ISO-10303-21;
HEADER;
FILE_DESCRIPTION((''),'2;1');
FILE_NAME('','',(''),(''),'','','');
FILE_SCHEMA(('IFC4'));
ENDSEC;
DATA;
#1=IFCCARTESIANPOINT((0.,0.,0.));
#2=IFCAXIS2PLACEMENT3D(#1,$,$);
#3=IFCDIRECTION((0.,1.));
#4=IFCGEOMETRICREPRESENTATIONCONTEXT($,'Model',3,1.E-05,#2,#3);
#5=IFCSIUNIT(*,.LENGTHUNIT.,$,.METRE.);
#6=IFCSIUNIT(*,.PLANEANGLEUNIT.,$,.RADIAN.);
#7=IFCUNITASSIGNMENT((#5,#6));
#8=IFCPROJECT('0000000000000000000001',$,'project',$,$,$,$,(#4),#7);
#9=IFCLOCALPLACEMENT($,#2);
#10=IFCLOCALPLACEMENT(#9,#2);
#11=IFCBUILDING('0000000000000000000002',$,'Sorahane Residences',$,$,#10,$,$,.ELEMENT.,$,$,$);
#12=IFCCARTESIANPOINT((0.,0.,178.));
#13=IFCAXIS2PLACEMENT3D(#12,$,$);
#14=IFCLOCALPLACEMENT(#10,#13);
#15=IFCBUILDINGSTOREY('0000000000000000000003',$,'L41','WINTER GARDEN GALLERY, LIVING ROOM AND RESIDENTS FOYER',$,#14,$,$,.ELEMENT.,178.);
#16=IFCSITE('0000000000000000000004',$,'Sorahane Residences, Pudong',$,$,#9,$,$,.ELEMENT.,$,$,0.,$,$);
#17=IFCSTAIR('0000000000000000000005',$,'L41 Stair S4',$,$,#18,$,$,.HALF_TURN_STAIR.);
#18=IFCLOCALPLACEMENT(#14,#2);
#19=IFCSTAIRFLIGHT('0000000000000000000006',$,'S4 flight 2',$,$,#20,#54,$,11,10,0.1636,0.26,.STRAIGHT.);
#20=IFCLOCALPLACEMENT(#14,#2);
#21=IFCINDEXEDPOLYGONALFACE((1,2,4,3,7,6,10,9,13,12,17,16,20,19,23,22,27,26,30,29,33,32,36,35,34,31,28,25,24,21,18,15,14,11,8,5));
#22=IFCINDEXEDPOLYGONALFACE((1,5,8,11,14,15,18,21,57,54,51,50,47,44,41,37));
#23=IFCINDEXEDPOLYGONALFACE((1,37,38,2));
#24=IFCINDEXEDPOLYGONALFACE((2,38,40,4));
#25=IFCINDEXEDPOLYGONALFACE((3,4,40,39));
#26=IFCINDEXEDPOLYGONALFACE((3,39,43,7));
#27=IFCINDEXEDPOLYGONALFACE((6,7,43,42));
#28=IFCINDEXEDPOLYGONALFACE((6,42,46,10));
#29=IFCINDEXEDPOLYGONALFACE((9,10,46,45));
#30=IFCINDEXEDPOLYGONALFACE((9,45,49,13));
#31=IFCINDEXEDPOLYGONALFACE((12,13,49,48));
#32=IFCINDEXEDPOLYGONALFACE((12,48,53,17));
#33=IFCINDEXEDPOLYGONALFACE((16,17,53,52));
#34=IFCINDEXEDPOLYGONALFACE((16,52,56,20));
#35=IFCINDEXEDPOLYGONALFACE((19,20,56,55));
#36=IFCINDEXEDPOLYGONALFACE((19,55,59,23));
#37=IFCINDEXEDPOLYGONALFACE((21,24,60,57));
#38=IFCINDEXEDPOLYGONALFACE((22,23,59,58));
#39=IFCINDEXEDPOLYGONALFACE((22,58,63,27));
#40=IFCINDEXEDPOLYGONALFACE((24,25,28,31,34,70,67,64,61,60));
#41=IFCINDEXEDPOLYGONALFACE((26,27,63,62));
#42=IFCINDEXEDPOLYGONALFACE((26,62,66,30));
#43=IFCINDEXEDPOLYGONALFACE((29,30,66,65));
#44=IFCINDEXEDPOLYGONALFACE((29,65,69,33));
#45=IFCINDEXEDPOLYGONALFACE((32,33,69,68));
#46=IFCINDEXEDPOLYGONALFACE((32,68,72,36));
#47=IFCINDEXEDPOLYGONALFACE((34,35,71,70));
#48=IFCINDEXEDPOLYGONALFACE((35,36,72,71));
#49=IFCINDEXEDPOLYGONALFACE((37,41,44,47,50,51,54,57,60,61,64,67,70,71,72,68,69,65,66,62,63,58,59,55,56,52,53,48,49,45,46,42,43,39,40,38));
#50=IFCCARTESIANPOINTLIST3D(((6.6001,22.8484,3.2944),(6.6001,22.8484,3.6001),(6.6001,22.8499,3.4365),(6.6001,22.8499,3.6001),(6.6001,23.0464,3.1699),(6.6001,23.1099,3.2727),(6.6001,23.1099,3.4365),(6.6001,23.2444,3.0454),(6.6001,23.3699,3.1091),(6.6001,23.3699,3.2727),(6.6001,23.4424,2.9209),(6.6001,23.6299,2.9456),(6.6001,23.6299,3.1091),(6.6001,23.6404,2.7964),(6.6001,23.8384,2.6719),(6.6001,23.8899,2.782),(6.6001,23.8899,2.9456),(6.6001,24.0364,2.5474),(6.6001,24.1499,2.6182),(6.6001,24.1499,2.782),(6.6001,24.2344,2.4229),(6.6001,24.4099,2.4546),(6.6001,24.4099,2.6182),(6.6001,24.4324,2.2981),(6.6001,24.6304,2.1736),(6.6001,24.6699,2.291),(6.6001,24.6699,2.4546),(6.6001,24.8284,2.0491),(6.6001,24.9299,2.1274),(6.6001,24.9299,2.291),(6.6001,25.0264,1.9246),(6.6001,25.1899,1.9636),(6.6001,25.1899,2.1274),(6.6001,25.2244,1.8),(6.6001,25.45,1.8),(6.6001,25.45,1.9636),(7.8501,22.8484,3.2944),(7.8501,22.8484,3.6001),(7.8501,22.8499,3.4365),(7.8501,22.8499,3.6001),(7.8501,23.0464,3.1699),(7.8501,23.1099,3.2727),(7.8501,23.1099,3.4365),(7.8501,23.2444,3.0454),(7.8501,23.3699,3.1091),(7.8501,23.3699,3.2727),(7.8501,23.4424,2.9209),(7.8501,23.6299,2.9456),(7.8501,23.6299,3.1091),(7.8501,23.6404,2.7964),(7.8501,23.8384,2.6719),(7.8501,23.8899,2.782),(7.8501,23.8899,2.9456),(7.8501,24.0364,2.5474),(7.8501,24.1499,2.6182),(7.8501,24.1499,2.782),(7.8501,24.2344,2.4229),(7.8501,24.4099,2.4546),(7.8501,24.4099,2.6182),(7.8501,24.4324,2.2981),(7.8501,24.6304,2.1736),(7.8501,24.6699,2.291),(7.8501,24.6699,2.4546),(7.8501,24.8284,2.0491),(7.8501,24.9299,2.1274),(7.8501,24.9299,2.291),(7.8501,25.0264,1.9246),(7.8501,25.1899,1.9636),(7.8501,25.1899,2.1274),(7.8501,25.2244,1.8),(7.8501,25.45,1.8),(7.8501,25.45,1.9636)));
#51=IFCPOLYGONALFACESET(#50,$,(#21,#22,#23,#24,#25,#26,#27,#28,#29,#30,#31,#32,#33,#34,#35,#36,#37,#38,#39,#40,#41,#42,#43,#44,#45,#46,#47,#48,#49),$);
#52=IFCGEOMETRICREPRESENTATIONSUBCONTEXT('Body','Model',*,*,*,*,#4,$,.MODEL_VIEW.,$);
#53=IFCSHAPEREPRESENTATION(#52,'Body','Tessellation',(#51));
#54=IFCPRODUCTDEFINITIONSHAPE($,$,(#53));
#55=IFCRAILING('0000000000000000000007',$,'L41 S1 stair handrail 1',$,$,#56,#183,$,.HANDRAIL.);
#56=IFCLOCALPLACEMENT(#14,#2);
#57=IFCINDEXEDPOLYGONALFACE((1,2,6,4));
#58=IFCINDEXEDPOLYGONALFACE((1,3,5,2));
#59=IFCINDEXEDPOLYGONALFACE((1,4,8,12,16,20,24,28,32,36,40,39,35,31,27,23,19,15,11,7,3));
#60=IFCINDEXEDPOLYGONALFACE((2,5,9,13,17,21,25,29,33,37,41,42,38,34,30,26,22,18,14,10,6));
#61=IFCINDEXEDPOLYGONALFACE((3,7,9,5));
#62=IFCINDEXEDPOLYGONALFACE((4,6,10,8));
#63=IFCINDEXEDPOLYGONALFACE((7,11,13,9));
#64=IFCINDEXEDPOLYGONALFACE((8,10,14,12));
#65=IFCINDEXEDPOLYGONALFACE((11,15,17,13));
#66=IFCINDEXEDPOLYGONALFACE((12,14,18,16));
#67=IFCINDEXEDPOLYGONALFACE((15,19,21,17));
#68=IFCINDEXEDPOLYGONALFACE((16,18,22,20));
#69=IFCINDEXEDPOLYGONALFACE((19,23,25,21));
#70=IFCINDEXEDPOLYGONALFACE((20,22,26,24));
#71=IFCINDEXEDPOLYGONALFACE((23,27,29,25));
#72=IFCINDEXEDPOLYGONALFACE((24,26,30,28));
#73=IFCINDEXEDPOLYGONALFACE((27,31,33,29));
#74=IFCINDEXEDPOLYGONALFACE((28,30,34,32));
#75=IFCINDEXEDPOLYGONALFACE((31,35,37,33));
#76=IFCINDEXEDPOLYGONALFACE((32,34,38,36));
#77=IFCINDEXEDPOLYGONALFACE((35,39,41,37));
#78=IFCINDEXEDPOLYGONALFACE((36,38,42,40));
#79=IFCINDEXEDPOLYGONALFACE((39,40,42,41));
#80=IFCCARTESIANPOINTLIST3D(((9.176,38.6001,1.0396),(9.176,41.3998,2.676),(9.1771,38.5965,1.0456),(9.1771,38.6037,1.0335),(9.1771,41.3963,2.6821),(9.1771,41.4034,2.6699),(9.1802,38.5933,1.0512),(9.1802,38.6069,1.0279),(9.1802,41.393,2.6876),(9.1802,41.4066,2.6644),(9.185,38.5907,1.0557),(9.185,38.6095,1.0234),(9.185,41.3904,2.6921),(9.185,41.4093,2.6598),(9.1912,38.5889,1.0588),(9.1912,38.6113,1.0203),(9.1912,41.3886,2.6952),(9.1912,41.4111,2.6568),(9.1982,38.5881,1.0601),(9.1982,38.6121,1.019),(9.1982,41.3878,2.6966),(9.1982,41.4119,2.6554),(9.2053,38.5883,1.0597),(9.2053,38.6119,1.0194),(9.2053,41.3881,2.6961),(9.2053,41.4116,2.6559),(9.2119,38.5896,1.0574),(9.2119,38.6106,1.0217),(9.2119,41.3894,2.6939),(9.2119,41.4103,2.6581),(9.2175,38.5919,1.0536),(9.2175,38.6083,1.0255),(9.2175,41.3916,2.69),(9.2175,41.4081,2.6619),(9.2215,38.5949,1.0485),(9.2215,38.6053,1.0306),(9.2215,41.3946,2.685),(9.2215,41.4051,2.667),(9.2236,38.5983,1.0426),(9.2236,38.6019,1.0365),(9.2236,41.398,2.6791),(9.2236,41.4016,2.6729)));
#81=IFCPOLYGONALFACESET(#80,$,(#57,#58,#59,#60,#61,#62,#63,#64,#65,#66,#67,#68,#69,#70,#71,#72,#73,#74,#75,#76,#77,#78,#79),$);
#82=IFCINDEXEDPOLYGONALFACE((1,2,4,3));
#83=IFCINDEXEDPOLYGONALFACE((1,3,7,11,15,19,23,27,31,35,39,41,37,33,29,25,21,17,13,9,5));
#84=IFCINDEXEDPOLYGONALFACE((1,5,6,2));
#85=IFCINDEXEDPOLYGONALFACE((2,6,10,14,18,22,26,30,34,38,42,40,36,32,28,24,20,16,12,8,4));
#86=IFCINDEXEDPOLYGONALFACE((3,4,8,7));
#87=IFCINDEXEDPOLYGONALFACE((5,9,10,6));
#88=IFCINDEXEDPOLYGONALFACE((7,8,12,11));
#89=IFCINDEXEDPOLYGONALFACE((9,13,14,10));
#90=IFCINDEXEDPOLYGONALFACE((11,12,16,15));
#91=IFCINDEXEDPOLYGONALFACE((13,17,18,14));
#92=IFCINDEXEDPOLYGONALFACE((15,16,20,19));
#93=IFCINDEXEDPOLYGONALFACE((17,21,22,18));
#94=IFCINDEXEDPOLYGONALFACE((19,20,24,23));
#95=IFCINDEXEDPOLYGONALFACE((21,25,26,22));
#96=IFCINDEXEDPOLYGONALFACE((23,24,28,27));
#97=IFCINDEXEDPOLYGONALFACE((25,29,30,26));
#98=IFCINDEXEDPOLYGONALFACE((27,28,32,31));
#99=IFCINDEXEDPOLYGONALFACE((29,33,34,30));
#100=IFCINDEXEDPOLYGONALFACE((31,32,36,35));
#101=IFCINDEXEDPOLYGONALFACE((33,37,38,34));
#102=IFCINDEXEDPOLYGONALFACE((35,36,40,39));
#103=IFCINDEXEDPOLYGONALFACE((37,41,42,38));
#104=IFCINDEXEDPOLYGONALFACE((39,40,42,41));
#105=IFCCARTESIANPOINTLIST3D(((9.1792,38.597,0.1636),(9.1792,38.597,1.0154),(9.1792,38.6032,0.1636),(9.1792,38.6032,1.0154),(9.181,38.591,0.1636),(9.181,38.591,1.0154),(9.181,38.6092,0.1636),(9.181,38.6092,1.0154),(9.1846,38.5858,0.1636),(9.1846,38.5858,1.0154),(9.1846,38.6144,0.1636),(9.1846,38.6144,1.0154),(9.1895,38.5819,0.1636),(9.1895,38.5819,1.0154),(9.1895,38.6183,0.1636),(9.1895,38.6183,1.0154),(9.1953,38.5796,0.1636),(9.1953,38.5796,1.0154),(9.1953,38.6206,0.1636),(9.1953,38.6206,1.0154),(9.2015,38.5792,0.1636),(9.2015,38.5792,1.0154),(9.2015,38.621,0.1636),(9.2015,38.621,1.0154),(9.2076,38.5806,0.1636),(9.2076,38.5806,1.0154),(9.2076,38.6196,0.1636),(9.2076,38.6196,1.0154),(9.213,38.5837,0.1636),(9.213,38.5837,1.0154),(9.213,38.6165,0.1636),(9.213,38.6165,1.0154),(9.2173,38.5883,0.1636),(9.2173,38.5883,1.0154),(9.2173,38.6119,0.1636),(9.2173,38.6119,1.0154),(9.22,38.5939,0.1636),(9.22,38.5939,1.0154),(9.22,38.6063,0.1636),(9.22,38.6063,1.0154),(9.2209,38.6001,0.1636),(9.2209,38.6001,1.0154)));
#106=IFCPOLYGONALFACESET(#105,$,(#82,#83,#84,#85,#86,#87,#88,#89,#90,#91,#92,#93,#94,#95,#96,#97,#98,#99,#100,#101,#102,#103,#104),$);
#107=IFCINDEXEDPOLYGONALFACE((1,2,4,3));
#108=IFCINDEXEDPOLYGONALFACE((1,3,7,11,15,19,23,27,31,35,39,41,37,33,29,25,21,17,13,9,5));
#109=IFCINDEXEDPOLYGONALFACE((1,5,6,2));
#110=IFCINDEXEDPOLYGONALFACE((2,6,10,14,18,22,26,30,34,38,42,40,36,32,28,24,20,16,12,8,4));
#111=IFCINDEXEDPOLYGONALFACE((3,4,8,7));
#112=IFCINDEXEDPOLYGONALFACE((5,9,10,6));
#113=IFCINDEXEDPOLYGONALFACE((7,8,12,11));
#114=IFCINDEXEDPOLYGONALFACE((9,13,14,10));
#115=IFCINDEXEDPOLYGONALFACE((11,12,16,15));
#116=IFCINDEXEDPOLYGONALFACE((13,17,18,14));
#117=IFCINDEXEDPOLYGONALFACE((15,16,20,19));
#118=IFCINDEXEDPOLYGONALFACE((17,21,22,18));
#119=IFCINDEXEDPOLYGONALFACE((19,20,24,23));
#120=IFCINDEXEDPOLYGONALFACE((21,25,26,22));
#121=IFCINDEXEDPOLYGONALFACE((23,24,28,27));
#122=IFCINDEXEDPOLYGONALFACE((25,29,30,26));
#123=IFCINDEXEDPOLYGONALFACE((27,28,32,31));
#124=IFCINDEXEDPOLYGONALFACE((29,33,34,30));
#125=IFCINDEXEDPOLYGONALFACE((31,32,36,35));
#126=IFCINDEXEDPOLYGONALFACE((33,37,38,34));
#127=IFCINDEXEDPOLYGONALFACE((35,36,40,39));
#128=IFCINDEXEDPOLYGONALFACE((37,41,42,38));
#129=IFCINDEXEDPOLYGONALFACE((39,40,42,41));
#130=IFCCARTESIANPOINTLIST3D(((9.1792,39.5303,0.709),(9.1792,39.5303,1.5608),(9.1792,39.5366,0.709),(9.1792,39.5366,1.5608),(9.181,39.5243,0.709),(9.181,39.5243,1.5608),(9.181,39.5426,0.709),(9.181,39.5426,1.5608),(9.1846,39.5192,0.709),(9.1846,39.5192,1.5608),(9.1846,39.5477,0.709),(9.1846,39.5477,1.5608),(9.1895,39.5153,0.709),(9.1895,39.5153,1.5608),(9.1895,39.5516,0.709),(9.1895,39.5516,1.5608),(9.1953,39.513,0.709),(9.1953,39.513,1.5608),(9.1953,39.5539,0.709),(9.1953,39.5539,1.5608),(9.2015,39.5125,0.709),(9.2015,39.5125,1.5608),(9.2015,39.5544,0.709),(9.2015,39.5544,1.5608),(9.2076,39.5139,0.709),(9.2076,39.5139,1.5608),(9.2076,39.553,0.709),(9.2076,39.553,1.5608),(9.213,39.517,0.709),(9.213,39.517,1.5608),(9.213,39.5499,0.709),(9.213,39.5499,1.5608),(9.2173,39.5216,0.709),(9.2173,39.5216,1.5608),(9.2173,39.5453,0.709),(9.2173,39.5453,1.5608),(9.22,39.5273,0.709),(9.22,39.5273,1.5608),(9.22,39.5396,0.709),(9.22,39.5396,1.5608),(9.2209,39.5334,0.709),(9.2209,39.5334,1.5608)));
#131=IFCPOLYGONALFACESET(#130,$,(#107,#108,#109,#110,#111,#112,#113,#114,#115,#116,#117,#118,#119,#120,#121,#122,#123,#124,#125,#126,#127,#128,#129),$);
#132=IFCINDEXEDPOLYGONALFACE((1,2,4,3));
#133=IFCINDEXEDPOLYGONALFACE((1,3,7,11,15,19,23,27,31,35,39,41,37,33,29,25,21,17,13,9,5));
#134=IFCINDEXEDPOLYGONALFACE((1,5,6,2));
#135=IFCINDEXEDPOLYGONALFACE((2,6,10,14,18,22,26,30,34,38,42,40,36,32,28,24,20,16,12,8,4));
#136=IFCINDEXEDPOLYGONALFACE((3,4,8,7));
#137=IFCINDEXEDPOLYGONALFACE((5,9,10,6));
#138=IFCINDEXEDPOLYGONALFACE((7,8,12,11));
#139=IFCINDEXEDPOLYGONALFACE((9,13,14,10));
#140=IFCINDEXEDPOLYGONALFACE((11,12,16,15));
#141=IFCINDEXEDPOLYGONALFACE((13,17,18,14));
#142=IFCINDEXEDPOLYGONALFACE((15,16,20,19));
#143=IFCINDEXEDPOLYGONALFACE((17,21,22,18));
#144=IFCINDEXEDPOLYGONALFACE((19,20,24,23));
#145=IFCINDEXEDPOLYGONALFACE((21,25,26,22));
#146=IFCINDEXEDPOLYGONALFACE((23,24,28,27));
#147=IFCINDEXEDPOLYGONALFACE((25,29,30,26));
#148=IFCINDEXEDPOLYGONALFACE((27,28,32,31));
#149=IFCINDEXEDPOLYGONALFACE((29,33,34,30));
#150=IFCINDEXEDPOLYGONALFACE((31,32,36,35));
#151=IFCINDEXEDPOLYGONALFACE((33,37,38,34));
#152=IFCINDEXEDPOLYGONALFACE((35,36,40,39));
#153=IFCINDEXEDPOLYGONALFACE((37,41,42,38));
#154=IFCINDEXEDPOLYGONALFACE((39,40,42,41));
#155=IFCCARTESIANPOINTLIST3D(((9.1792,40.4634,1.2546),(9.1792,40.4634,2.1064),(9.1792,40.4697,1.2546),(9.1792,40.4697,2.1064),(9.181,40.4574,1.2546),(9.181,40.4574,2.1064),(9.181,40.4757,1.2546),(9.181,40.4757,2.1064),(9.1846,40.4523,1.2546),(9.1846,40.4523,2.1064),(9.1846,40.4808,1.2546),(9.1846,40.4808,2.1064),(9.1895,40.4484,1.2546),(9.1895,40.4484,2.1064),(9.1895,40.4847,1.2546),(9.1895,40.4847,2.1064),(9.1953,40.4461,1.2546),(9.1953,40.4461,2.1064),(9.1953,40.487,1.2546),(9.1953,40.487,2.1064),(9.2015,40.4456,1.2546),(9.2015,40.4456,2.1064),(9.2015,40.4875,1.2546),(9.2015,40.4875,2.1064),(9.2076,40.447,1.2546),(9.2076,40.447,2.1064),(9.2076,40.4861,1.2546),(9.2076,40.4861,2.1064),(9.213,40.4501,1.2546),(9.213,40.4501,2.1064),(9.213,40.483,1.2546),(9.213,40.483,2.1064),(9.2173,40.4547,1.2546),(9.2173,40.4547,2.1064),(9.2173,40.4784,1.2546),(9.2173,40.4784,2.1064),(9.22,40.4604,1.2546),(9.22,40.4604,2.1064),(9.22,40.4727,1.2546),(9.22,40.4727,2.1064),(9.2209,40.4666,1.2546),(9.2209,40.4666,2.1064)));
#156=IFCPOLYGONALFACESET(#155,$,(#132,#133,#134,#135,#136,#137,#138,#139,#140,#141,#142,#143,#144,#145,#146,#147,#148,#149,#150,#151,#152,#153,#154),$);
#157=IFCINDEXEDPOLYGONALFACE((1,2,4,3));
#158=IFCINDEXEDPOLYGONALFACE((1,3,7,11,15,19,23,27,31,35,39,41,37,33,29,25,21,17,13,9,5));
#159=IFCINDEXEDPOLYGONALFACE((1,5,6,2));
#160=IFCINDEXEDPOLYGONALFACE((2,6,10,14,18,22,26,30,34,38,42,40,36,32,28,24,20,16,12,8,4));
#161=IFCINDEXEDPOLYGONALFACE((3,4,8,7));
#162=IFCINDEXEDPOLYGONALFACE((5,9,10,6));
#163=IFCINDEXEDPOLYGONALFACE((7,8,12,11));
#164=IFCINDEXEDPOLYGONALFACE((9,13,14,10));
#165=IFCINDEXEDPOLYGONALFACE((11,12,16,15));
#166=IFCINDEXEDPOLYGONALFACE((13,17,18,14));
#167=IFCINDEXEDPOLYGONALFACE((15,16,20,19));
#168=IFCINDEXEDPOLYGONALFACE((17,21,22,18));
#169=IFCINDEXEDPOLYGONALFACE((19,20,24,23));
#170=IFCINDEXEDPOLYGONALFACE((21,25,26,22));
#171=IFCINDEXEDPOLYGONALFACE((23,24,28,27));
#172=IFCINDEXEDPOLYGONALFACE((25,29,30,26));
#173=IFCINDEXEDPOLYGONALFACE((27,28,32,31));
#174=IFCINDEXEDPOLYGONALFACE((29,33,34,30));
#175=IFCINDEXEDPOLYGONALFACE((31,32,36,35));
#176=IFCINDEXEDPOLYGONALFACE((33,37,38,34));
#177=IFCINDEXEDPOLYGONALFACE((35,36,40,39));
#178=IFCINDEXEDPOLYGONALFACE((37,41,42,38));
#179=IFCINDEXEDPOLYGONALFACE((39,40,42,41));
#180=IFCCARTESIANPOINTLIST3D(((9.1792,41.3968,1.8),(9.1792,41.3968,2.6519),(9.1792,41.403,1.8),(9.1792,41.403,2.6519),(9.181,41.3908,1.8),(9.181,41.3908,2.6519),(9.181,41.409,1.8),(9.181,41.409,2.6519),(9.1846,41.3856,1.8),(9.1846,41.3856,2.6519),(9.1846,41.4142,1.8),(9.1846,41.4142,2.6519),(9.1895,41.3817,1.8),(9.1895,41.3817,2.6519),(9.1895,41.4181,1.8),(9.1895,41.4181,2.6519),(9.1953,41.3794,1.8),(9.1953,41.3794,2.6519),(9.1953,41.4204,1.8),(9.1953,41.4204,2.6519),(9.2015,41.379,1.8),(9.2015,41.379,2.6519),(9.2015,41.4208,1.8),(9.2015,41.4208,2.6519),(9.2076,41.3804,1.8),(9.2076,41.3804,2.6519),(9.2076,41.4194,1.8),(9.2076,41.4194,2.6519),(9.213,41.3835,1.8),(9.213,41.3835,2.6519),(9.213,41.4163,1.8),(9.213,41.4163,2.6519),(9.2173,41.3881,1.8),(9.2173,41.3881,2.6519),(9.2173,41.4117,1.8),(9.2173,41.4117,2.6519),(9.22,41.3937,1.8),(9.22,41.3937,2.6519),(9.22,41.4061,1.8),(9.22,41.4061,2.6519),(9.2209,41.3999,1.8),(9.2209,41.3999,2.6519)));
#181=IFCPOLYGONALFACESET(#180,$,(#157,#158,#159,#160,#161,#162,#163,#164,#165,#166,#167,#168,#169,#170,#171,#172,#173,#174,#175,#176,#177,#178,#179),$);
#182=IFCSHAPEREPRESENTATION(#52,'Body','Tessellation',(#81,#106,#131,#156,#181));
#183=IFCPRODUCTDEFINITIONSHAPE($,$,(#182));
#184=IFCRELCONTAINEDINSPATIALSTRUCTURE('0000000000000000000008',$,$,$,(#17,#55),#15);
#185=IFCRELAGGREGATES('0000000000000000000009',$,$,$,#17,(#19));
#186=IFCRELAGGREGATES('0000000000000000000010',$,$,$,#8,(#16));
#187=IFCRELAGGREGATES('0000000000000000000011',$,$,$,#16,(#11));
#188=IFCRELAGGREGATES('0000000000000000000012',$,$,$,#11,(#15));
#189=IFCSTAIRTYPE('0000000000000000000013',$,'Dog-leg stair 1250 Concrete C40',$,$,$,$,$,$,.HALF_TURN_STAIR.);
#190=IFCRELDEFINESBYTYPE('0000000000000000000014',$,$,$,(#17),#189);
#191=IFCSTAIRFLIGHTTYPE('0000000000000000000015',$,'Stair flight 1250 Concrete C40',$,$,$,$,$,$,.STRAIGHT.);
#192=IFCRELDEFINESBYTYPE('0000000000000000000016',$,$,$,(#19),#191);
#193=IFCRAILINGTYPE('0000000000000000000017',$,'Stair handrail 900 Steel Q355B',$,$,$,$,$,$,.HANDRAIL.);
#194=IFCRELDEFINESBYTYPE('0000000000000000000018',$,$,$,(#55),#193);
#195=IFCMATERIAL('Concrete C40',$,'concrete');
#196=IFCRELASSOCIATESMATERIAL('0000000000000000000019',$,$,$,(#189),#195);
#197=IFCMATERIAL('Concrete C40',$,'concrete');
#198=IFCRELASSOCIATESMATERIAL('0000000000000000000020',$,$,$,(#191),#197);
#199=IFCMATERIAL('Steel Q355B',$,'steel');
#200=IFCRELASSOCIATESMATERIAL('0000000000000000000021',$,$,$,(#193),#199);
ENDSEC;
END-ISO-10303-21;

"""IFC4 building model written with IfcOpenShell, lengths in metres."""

from ifc_helpers import new_model, si_unit, direction, frame, origin, origin_2d, place, context, subcontext, project, spatial, polyline, circle, outline, extrude, material, type_object, element, aggregate, save


model = new_model("IFC4")

# Units and contexts
model_context = context("Model", 3, precision=1e-05, world=origin(), true_north=direction((0.0, 1.0)))
body_context = subcontext(model_context, "Body", "Model", "MODEL_VIEW")
ifc_project = project(units=[si_unit("LENGTHUNIT", "METRE"), si_unit("PLANEANGLEUNIT", "RADIAN")], contexts=[model_context])

# Site, building, storey
site_placement = place(None, origin())
site = spatial("IfcSite", under=ifc_project, at=site_placement, Name="Sorahane Residences, Pudong", CompositionType="ELEMENT", RefElevation=0.0)
building_placement = place(site_placement, origin())
building = spatial("IfcBuilding", under=site, at=building_placement, Name="Sorahane Residences", CompositionType="ELEMENT")
storey_placement = place(building_placement, frame((0.0, 0.0, 178.0)))
storey = spatial("IfcBuildingStorey", under=building, at=storey_placement, Name="L41", Description="WINTER GARDEN GALLERY, LIVING ROOM AND RESIDENTS FOYER", CompositionType="ELEMENT", Elevation=178.0)

# Stair, stair flight
ifc_material_1 = material(Name="Concrete C40", Category="concrete")
stair_type = type_object("IfcStairType", Name="Dog-leg stair 1250 Concrete C40", PredefinedType="HALF_TURN_STAIR", material=ifc_material_1)
ifc_material_2 = material(Name="Concrete C40", Category="concrete")
stair_flight_type = type_object("IfcStairFlightType", Name="Stair flight 1250 Concrete C40", PredefinedType="STRAIGHT", material=ifc_material_2)
stair_1_placement = place(storey_placement, origin())
stair_1 = element("IfcStair", 1, at=stair_1_placement, inside=storey, type_object=stair_type, Name="L41 Stair S4", PredefinedType="HALF_TURN_STAIR")
stair_flight_1_placement = place(storey_placement, frame((7.2251, 25.45, 1.8), z_axis=(0.0, 0.0, 1.0), x_axis=(0.0, -1.0, 0.0)))
stair_flight_1 = element("IfcStairFlight", 2, at=stair_flight_1_placement, type_object=stair_flight_type, Name="S4 flight 2", NumberOfRisers=11, NumberOfTreads=10, PredefinedType="STRAIGHT", RiserHeight=0.1636, TreadLength=0.26, context=body_context, shape_type="SweptSolid", body=[
    extrude(outline(polyline([(0.0, 0.0), (0.0, 0.1636), (0.26, 0.1636), (0.26, 0.3274), (0.52, 0.3274), (0.52, 0.491), (0.78, 0.491), (0.78, 0.6545), (1.04, 0.6545), (1.04, 0.8181), (1.3, 0.8181), (1.3, 0.9819), (1.5601, 0.9819), (1.5601, 1.1455), (1.8201, 1.1455), (1.8201, 1.3091), (2.0801, 1.3091), (2.0801, 1.4727), (2.3401, 1.4727), (2.3401, 1.6365), (2.6001, 1.6365), (2.6001, 1.8), (2.6016, 1.8), (2.6016, 1.4944), (2.4036, 1.3699), (2.2056, 1.2454), (2.0076, 1.1208), (1.8096, 0.9963), (1.6116, 0.8718), (1.4136, 0.7473), (1.2156, 0.6228), (1.0176, 0.498), (0.8196, 0.3735), (0.6216, 0.249), (0.4236, 0.1245), (0.2256, 0.0), (0.0, 0.0)])), frame((0.0, 0.625, 0.0), z_axis=(0.0, -1.0, 0.0), x_axis=(1.0, 0.0, 0.0)), (0.0, 0.0, 1.0), 1.25),
])
aggregate(stair_1, [stair_flight_1])

# Railing
ifc_material_3 = material(Name="Steel Q355B", Category="steel")
railing_type_1 = type_object("IfcRailingType", Name="Stair handrail 900 Steel Q355B", PredefinedType="HANDRAIL", material=ifc_material_3)
for number, where, name in (
    (3, (9.2, 38.6001, 0.1636), "L41 S1 stair handrail 1"),
):
    element("IfcRailing", number, at=place(storey_placement, frame(where)), inside=storey, type_object=railing_type_1, Name=name, PredefinedType="HANDRAIL", context=body_context, shape_type="SweptSolid", body=[
        extrude(circle(Radius=0.0239, at=origin_2d()), frame((0.0, 0.0, 0.876), z_axis=(0.0, 0.863342, 0.50462), x_axis=(-1.0, 0.0, 0.0)), (0.0, 0.0, 1.0), 3.2429),
        extrude(circle(Radius=0.021, at=origin_2d()), origin(), (0.0, 0.0, 1.0), 0.8518),
        extrude(circle(Radius=0.021, at=origin_2d()), frame((0.0, 0.9333, 0.5454)), (0.0, 0.0, 1.0), 0.8518),
        extrude(circle(Radius=0.021, at=origin_2d()), frame((0.0, 1.8665, 1.0911)), (0.0, 0.0, 1.0), 0.8518),
        extrude(circle(Radius=0.021, at=origin_2d()), frame((0.0, 2.7998, 1.6365)), (0.0, 0.0, 1.0), 0.8518),
    ])

save(model, "model.ifc")
